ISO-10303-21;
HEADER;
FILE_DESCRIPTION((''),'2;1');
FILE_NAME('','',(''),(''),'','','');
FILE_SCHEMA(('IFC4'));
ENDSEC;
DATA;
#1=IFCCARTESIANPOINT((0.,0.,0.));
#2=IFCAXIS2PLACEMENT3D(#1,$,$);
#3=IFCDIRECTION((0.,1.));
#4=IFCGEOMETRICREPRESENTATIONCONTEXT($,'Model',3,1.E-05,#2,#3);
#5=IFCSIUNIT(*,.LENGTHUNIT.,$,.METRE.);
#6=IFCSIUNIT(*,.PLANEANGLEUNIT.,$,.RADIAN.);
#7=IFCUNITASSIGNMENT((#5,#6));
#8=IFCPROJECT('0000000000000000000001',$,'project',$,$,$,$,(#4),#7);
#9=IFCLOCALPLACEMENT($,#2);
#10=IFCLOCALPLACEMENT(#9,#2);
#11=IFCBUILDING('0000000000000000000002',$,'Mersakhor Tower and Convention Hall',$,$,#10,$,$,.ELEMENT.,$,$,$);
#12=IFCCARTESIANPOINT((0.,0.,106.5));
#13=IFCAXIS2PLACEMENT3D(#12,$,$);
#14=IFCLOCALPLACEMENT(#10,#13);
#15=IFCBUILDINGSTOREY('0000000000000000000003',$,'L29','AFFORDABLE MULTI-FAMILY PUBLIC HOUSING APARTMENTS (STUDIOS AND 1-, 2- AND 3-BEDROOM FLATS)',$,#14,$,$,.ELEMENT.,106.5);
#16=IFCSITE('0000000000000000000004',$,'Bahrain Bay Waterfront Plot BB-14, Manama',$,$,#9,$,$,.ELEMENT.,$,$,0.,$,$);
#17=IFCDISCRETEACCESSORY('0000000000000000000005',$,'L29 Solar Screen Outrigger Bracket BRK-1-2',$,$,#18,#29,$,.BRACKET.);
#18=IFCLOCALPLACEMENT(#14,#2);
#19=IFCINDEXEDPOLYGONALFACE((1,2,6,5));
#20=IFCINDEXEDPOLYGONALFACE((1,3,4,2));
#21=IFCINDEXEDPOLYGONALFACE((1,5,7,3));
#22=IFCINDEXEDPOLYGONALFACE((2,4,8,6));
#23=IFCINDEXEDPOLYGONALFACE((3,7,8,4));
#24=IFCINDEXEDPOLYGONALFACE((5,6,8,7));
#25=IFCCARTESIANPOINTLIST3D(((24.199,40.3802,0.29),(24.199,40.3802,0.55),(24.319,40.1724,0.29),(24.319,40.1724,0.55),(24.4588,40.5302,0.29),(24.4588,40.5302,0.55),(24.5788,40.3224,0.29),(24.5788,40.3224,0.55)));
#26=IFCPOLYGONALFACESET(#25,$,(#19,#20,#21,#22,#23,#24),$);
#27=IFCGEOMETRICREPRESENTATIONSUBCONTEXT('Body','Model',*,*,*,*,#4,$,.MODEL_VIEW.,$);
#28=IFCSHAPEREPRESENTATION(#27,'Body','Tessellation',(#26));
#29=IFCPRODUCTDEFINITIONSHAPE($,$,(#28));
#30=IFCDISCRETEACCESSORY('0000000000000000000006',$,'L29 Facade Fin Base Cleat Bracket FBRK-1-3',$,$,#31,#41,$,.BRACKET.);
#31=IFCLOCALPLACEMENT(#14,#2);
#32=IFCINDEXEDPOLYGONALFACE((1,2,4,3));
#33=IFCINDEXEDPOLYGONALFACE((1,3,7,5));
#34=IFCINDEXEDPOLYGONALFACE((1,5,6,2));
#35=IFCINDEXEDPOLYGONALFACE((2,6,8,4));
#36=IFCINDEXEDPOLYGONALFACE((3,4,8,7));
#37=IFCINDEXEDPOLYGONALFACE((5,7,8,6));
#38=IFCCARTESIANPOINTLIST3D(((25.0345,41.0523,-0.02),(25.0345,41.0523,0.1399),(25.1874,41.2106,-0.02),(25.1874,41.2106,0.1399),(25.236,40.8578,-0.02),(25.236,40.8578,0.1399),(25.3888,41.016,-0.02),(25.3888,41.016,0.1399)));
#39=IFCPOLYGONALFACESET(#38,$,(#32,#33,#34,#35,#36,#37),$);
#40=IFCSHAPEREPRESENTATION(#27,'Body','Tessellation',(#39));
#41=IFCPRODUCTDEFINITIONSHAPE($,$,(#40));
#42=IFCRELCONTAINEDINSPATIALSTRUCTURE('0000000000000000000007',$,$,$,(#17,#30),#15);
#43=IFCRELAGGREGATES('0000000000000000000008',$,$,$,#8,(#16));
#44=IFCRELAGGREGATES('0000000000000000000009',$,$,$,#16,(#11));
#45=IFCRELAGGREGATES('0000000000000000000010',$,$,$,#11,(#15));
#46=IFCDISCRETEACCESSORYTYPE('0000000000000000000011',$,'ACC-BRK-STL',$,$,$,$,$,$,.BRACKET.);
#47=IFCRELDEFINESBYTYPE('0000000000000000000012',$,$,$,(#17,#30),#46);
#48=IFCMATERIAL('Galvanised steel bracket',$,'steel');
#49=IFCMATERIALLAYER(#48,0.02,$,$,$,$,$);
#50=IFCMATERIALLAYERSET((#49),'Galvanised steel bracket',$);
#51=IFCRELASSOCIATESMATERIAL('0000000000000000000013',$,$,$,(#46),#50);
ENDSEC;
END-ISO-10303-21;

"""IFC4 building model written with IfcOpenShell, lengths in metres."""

from ifc_helpers import new_model, si_unit, direction, frame, origin, origin_2d, place, context, subcontext, project, spatial, rectangle, extrude, material, layer, layer_set, type_object, element, save


model = new_model("IFC4")

# Units and contexts
model_context = context("Model", 3, precision=1e-05, world=origin(), true_north=direction((0.0, 1.0)))
body_context = subcontext(model_context, "Body", "Model", "MODEL_VIEW")
ifc_project = project(units=[si_unit("LENGTHUNIT", "METRE"), si_unit("PLANEANGLEUNIT", "RADIAN")], contexts=[model_context])

# Site, building, storey
site_placement = place(None, origin())
site = spatial("IfcSite", under=ifc_project, at=site_placement, Name="Bahrain Bay Waterfront Plot BB-14, Manama", CompositionType="ELEMENT", RefElevation=0.0)
building_placement = place(site_placement, origin())
building = spatial("IfcBuilding", under=site, at=building_placement, Name="Mersakhor Tower and Convention Hall", CompositionType="ELEMENT")
storey_placement = place(building_placement, frame((0.0, 0.0, 106.5)))
storey = spatial("IfcBuildingStorey", under=building, at=storey_placement, Name="L29", Description="AFFORDABLE MULTI-FAMILY PUBLIC HOUSING APARTMENTS (STUDIOS AND 1-, 2- AND 3-BEDROOM FLATS)", CompositionType="ELEMENT", Elevation=106.5)

# Discrete accessories
ifc_material_1 = material(Name="Galvanised steel bracket", Category="steel")
ifc_layer_1 = layer(ifc_material_1, 0.02)
ifc_layer_set_1 = layer_set([ifc_layer_1], Name="Galvanised steel bracket")
discrete_accessory_type = type_object("IfcDiscreteAccessoryType", Name="ACC-BRK-STL", PredefinedType="BRACKET", material=ifc_layer_set_1)
discrete_accessory_1_placement = place(storey_placement, frame((24.3889, 40.3513, 0.29), z_axis=(0.0, 0.0, 1.0), x_axis=(0.866025, 0.5, 0.0)))
element("IfcDiscreteAccessory", 1, at=discrete_accessory_1_placement, inside=storey, type_object=discrete_accessory_type, Name="L29 Solar Screen Outrigger Bracket BRK-1-2", PredefinedType="BRACKET", context=body_context, shape_type="SweptSolid", body=[
    extrude(rectangle(XDim=0.3, YDim=0.24, at=origin_2d()), origin(), (0.0, 0.0, 1.0), 0.26),
])
discrete_accessory_2_placement = place(storey_placement, frame((25.2117, 41.0342, -0.02), z_axis=(0.0, 0.0, 1.0), x_axis=(-0.71934, 0.694658, 0.0)))
element("IfcDiscreteAccessory", 2, at=discrete_accessory_2_placement, inside=storey, type_object=discrete_accessory_type, Name="L29 Facade Fin Base Cleat Bracket FBRK-1-3", PredefinedType="BRACKET", context=body_context, shape_type="SweptSolid", body=[
    extrude(rectangle(XDim=0.28, YDim=0.22, at=origin_2d()), origin(), (0.0, 0.0, 1.0), 0.1599),
])

save(model, "model.ifc")
